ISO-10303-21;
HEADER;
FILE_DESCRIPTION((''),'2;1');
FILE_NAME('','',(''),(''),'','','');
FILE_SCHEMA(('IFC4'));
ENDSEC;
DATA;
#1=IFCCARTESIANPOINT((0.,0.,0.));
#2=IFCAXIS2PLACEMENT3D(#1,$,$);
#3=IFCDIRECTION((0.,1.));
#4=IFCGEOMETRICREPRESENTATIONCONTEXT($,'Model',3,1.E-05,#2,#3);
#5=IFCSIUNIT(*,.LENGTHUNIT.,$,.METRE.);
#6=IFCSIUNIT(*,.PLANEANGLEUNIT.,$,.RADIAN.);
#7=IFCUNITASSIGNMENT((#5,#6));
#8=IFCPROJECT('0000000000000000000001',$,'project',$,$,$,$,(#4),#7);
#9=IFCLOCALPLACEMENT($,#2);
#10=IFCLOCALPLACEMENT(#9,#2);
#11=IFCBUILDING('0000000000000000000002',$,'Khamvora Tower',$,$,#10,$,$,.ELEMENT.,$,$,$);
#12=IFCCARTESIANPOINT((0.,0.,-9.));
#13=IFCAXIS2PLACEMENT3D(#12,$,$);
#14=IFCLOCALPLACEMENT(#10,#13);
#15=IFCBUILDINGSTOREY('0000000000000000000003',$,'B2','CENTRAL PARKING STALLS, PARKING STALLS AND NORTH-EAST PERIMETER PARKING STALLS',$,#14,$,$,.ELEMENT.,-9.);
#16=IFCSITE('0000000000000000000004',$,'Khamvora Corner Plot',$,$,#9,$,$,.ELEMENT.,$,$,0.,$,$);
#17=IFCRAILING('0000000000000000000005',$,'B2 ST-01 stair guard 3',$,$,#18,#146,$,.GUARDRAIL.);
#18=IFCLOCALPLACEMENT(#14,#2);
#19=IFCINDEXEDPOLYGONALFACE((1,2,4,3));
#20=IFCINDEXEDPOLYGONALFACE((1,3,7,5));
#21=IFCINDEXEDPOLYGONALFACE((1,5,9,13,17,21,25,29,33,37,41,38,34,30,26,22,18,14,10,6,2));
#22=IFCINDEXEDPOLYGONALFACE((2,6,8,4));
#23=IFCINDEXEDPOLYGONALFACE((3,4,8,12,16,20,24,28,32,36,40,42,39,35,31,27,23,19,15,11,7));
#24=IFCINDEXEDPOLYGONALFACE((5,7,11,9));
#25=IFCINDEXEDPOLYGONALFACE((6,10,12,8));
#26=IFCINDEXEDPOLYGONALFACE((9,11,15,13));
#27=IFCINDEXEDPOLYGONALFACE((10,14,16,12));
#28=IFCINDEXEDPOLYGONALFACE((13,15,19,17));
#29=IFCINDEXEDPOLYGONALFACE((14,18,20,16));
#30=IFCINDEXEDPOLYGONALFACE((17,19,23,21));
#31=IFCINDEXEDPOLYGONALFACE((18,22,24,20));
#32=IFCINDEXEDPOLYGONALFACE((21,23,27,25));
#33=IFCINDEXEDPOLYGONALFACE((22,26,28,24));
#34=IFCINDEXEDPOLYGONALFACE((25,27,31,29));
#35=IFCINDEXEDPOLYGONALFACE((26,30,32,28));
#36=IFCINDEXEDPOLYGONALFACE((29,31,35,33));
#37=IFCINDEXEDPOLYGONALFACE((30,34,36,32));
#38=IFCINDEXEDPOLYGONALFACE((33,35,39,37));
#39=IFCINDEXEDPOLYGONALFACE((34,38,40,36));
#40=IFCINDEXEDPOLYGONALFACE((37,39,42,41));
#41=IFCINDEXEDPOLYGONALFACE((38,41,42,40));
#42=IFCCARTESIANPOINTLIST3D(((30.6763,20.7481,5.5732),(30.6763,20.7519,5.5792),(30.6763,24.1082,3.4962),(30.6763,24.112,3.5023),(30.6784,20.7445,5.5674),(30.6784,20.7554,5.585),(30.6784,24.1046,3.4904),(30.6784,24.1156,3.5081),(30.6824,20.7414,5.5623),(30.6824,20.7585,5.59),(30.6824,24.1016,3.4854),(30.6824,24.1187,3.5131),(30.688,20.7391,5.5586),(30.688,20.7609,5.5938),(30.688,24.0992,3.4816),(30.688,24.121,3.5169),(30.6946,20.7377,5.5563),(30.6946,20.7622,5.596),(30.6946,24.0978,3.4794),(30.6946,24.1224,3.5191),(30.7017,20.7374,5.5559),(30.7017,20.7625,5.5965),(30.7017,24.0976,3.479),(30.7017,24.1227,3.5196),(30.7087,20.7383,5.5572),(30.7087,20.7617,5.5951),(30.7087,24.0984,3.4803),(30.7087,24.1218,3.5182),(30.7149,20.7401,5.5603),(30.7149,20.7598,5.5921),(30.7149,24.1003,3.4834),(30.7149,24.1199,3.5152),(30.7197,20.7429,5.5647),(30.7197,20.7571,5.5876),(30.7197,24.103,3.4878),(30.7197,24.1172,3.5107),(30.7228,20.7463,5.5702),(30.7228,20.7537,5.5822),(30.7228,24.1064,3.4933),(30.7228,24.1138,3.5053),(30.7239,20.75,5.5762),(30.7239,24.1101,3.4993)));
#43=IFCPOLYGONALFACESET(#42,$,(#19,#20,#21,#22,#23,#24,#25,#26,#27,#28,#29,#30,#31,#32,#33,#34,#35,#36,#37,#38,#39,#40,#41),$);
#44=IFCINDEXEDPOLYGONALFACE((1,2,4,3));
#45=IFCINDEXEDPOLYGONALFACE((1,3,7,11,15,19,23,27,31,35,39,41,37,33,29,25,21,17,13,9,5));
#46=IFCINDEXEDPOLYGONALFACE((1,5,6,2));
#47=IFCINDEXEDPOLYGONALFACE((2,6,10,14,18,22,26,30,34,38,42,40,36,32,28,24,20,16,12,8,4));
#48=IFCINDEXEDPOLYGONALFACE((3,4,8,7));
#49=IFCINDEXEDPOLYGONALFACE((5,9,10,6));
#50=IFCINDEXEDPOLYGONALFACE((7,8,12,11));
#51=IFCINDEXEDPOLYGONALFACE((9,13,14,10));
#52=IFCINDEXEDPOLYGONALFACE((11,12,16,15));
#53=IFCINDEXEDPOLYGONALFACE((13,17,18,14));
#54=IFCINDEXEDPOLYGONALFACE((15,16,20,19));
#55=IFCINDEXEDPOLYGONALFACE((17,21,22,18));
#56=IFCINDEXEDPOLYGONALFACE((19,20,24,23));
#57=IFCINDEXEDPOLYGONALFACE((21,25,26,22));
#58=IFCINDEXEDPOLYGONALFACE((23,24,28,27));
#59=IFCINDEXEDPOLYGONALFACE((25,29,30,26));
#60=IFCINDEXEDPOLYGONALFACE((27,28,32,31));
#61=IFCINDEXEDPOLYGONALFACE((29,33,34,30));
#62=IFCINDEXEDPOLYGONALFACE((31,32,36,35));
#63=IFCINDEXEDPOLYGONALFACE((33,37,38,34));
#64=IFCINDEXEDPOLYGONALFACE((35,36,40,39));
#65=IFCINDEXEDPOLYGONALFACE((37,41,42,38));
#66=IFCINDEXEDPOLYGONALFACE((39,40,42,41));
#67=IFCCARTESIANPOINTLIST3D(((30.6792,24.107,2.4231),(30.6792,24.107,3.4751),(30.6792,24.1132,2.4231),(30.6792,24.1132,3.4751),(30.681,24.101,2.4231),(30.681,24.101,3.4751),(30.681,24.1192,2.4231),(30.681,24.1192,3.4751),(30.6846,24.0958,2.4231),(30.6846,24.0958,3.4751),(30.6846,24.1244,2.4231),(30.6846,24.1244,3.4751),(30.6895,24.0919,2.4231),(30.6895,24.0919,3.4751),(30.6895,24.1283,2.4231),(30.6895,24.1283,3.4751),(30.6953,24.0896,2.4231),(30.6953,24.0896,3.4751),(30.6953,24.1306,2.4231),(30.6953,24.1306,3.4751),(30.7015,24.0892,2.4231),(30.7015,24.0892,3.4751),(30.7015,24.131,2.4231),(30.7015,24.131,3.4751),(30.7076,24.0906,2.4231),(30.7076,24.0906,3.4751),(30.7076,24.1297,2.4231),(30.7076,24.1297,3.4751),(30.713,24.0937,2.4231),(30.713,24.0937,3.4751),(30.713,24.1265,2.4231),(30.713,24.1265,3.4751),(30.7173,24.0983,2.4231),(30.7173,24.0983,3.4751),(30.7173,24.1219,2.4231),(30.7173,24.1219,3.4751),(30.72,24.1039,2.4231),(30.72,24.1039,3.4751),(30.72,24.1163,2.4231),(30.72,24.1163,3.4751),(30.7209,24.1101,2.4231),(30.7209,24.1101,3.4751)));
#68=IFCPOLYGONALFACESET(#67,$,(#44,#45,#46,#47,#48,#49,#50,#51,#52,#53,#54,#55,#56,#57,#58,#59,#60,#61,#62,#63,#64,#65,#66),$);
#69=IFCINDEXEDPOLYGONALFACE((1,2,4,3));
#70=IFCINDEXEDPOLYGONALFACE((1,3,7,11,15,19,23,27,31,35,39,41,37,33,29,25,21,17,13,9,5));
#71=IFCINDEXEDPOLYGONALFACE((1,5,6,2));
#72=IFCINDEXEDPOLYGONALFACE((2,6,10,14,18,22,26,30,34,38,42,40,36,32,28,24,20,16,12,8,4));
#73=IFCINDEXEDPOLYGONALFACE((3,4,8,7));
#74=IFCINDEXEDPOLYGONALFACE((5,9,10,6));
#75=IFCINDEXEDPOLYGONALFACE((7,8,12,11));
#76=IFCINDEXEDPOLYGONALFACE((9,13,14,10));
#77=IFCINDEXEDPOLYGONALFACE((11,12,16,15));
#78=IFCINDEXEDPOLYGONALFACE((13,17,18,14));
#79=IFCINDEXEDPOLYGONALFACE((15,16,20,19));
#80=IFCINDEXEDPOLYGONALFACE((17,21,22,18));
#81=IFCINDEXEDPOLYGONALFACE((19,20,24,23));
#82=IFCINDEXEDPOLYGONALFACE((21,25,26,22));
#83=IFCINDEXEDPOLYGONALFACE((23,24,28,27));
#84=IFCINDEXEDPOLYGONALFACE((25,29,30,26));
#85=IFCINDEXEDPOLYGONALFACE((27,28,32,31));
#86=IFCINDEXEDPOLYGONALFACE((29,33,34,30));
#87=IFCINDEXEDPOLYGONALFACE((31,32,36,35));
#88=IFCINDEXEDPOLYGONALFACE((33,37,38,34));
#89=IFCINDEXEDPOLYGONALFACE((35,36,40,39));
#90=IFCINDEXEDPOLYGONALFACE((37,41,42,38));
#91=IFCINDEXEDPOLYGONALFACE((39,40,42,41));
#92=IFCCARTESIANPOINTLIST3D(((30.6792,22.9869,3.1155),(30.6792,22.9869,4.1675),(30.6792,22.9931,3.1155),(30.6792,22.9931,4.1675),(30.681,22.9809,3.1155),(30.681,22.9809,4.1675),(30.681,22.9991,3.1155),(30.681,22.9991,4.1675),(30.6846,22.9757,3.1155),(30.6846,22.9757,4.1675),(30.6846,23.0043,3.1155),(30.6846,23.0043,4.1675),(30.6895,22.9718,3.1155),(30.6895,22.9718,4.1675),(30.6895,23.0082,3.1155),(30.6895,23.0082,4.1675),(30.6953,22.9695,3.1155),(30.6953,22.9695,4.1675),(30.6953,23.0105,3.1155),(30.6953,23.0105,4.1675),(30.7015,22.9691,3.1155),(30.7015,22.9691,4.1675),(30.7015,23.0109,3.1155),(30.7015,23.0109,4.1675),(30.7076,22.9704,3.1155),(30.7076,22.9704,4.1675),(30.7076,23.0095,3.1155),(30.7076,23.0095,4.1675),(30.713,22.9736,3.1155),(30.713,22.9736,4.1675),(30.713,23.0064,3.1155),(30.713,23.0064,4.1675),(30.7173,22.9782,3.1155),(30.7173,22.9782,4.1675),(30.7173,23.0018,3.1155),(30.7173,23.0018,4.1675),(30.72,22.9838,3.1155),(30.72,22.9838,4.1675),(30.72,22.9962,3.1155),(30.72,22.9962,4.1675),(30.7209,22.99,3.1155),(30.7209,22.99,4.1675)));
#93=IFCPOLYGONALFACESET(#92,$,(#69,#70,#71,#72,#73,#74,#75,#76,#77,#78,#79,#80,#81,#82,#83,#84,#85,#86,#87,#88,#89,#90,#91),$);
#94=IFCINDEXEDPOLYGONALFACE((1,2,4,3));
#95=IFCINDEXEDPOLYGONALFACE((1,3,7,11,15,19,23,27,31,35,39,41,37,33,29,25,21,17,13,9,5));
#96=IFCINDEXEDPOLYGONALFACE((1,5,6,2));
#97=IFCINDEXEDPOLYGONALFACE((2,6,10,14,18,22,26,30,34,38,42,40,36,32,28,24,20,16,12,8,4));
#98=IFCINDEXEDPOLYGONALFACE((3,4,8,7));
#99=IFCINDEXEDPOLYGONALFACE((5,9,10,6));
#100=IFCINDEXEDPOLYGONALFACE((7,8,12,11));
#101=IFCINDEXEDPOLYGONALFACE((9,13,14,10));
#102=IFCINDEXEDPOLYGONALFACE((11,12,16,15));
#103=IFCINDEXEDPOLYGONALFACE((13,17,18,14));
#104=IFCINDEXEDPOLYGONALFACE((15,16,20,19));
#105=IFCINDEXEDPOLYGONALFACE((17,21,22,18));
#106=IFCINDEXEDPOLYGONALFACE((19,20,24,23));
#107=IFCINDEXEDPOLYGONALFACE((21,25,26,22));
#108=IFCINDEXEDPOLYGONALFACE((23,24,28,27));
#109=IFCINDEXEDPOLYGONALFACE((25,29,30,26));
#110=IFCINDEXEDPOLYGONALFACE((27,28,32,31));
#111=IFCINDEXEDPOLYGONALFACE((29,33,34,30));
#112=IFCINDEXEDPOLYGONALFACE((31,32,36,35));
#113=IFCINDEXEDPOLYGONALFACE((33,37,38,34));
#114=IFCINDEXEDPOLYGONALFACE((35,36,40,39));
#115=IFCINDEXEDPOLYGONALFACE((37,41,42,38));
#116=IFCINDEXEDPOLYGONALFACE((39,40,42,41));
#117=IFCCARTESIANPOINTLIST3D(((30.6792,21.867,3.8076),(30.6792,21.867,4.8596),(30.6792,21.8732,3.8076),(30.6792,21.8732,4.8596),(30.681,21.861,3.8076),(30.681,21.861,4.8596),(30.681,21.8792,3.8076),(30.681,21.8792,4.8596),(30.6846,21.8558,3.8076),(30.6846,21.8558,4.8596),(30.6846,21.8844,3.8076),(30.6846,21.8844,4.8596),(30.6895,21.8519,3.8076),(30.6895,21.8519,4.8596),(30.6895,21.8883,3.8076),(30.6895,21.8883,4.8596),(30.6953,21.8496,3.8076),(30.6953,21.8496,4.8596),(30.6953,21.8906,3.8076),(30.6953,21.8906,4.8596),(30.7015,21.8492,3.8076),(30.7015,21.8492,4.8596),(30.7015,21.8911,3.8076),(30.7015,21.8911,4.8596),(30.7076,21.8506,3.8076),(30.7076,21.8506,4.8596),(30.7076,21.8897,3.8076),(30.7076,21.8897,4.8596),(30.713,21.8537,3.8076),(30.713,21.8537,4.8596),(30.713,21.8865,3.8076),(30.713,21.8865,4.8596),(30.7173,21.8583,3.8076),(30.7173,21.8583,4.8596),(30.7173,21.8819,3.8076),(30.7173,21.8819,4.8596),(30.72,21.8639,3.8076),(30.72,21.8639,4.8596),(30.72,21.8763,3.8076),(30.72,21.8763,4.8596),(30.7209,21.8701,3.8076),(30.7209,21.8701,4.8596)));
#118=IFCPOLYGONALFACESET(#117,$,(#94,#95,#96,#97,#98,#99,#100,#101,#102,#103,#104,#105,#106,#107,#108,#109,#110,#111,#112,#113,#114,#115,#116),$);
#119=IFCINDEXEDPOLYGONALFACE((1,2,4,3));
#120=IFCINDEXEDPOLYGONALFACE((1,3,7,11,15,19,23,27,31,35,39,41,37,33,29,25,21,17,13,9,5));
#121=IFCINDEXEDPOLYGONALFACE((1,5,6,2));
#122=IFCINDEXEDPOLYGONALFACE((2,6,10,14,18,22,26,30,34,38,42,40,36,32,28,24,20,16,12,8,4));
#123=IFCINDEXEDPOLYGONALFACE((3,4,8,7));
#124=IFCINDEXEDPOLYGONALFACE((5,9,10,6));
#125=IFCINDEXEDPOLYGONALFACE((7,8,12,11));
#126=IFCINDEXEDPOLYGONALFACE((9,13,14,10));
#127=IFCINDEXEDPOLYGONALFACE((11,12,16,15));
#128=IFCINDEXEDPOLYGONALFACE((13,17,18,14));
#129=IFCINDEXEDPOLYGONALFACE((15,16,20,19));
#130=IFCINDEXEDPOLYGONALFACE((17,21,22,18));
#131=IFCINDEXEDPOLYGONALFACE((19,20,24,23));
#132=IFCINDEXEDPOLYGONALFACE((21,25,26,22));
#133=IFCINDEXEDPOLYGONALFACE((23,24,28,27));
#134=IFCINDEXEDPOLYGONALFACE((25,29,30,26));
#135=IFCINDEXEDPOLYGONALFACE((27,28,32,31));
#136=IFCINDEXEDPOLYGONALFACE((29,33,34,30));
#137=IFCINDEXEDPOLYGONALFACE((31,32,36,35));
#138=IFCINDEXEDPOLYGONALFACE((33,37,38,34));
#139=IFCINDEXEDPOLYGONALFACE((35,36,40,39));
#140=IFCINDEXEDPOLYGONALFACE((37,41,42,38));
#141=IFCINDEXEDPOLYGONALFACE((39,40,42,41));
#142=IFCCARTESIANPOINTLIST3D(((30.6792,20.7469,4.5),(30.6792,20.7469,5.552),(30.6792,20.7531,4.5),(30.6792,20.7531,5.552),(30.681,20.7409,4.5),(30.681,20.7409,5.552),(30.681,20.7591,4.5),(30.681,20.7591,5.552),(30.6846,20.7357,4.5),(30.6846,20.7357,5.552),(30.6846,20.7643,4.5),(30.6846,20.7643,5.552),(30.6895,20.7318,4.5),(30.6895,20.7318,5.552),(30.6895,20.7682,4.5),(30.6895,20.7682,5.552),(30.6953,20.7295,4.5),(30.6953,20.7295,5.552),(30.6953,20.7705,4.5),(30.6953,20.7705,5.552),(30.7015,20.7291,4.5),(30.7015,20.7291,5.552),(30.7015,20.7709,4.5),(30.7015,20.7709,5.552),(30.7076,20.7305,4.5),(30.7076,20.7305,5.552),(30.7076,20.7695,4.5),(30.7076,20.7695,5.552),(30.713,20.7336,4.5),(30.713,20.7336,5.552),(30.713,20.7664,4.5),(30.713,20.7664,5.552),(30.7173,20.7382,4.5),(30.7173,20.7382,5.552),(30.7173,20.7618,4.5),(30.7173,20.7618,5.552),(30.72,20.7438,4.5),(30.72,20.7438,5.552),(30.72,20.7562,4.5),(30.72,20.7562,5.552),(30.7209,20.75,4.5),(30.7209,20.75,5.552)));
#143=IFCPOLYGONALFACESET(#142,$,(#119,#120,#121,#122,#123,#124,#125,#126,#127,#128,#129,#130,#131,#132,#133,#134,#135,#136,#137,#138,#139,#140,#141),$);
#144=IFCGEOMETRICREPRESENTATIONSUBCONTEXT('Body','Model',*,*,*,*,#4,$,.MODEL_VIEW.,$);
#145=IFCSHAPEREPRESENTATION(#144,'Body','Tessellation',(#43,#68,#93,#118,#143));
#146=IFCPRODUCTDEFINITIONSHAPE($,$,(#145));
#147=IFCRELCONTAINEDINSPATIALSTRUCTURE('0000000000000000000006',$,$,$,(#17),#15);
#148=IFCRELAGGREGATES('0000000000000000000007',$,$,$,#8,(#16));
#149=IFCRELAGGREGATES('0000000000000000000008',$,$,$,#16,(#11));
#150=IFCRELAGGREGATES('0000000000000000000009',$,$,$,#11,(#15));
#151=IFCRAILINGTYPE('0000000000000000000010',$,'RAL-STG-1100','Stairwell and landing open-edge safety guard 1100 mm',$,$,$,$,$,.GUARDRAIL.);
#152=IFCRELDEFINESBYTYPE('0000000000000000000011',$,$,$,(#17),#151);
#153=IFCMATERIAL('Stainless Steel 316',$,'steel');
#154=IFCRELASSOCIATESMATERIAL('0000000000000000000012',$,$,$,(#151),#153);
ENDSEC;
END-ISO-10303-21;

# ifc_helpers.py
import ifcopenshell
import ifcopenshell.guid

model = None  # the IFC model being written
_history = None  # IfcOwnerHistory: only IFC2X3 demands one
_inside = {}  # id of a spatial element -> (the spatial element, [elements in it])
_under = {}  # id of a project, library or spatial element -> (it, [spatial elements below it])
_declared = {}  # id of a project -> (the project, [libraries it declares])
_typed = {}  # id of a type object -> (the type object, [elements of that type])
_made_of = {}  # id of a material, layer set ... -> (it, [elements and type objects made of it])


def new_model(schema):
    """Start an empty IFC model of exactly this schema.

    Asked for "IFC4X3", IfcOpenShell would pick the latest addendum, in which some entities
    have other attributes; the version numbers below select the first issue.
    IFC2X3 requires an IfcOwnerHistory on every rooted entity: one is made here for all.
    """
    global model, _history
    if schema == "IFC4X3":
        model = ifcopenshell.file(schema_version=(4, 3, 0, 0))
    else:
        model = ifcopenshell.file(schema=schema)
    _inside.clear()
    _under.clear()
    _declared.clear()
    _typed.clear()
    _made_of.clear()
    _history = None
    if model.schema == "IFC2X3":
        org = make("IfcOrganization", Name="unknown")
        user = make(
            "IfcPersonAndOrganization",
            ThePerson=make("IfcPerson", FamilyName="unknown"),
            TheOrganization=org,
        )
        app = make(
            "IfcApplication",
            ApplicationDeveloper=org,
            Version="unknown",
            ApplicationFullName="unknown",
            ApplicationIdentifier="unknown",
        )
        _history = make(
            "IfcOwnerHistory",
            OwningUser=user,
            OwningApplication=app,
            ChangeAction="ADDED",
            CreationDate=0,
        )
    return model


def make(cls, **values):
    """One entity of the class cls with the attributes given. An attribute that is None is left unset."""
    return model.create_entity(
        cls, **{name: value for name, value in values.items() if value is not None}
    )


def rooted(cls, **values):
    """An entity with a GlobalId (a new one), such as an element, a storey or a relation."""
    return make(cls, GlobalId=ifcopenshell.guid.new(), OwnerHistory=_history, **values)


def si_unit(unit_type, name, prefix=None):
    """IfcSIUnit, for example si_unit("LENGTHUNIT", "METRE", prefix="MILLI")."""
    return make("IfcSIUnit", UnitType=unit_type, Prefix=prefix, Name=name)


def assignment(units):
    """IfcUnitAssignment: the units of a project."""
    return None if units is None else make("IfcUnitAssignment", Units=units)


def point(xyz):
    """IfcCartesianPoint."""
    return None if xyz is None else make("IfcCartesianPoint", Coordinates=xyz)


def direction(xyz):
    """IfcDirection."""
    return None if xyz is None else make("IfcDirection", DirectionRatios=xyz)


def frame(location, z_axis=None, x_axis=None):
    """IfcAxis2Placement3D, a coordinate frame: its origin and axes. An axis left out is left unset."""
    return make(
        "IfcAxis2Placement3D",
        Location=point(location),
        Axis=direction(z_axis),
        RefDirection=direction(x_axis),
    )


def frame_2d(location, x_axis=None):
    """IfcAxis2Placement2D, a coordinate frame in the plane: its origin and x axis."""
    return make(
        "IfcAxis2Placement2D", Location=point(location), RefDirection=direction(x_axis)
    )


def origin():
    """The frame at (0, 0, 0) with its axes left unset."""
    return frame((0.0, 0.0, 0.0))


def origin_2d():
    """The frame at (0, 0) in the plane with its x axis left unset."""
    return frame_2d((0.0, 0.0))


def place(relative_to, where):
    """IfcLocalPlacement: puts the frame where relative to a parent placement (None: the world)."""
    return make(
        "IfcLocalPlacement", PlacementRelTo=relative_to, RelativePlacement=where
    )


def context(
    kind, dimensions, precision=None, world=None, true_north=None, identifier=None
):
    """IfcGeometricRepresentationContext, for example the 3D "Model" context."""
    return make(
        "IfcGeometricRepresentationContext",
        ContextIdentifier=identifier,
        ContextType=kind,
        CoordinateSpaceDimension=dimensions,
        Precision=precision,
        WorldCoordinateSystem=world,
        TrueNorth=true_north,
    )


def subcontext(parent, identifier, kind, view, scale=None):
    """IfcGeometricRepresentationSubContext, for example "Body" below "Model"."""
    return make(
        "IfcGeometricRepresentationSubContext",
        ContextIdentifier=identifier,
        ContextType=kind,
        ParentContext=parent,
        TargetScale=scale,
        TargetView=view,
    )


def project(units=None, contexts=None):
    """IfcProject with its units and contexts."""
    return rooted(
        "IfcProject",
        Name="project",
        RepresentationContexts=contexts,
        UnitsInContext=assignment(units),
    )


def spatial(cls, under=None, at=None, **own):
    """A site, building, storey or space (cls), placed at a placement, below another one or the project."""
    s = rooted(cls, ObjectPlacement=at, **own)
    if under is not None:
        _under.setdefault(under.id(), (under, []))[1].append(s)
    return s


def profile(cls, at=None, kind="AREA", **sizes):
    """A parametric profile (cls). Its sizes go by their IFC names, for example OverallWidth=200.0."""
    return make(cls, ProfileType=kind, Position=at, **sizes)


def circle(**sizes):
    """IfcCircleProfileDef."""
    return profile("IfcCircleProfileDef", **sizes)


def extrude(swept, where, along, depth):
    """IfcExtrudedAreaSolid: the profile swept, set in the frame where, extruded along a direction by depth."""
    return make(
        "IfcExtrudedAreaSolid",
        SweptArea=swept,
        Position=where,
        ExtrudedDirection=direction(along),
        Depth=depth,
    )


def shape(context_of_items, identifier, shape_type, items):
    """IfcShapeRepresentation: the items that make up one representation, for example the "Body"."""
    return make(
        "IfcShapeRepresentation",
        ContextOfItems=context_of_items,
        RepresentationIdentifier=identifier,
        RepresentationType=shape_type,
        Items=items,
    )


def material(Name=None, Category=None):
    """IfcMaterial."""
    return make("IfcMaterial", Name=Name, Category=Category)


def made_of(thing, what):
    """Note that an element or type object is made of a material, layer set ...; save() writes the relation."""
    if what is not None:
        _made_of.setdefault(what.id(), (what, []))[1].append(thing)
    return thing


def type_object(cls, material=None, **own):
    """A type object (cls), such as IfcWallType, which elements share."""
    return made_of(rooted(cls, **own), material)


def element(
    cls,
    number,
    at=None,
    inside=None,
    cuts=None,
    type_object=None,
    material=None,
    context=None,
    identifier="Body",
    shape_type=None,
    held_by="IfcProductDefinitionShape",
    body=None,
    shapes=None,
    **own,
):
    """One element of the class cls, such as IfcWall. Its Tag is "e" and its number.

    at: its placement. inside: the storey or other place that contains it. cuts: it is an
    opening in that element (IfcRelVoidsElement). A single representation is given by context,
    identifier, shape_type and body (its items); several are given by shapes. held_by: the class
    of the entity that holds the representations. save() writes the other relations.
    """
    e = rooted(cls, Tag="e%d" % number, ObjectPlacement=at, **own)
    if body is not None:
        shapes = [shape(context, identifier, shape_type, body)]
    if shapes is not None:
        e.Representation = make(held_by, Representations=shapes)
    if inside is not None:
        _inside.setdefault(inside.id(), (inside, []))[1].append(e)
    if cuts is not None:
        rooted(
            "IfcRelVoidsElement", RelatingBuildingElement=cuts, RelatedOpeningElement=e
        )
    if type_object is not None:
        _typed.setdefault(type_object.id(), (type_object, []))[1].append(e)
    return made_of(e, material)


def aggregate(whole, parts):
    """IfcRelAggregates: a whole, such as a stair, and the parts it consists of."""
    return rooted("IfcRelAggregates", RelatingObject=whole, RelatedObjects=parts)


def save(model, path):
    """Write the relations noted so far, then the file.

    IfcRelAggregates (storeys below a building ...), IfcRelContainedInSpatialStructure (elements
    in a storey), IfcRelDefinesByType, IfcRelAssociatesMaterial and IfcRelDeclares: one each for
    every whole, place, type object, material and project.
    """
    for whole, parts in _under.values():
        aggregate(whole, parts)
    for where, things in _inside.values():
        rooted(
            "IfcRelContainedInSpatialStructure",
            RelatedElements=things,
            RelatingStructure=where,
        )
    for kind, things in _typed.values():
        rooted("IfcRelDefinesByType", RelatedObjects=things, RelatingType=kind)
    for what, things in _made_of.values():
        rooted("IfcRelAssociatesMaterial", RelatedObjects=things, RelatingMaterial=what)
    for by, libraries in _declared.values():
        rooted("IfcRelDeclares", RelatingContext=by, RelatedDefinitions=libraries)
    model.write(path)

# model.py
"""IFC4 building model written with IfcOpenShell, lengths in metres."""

from ifc_helpers import new_model, si_unit, direction, frame, origin, origin_2d, place, context, subcontext, project, spatial, circle, extrude, material, type_object, element, save


model = new_model("IFC4")

# Units and contexts
model_context = context("Model", 3, precision=1e-05, world=origin(), true_north=direction((0.0, 1.0)))
body_context = subcontext(model_context, "Body", "Model", "MODEL_VIEW")
ifc_project = project(units=[si_unit("LENGTHUNIT", "METRE"), si_unit("PLANEANGLEUNIT", "RADIAN")], contexts=[model_context])

# Site, building, storey
site_placement = place(None, origin())
site = spatial("IfcSite", under=ifc_project, at=site_placement, Name="Khamvora Corner Plot", CompositionType="ELEMENT", RefElevation=0.0)
building_placement = place(site_placement, origin())
building = spatial("IfcBuilding", under=site, at=building_placement, Name="Khamvora Tower", CompositionType="ELEMENT")
storey_placement = place(building_placement, frame((0.0, 0.0, -9.0)))
storey = spatial("IfcBuildingStorey", under=building, at=storey_placement, Name="B2", Description="CENTRAL PARKING STALLS, PARKING STALLS AND NORTH-EAST PERIMETER PARKING STALLS", CompositionType="ELEMENT", Elevation=-9.0)

# Railing
ifc_material_1 = material(Name="Stainless Steel 316", Category="steel")
railing_type_1 = type_object("IfcRailingType", Name="RAL-STG-1100", Description="Stairwell and landing open-edge safety guard 1100 mm", PredefinedType="GUARDRAIL", material=ifc_material_1)
railing_1_placement = place(storey_placement, frame((30.7, 24.1101, 2.4231)))
element("IfcRailing", 1, at=railing_1_placement, inside=storey, type_object=railing_type_1, Name="B2 ST-01 stair guard 3", PredefinedType="GUARDRAIL", context=body_context, shape_type="SweptSolid", body=[
    extrude(circle(Radius=0.0239, at=origin_2d()), frame((0.0, 0.0, 1.0762), z_axis=(0.0, -0.850623, 0.525776), x_axis=(1.0, 0.0, 0.0)), (0.0, 0.0, 1.0), 3.9502),
    extrude(circle(Radius=0.021, at=origin_2d()), origin(), (0.0, 0.0, 1.0), 1.052),
    extrude(circle(Radius=0.021, at=origin_2d()), frame((0.0, -1.1201, 0.6924)), (0.0, 0.0, 1.0), 1.052),
    extrude(circle(Radius=0.021, at=origin_2d()), frame((0.0, -2.24, 1.3845)), (0.0, 0.0, 1.0), 1.052),
    extrude(circle(Radius=0.021, at=origin_2d()), frame((0.0, -3.3601, 2.0769)), (0.0, 0.0, 1.0), 1.052),
])

save(model, "model.ifc")
